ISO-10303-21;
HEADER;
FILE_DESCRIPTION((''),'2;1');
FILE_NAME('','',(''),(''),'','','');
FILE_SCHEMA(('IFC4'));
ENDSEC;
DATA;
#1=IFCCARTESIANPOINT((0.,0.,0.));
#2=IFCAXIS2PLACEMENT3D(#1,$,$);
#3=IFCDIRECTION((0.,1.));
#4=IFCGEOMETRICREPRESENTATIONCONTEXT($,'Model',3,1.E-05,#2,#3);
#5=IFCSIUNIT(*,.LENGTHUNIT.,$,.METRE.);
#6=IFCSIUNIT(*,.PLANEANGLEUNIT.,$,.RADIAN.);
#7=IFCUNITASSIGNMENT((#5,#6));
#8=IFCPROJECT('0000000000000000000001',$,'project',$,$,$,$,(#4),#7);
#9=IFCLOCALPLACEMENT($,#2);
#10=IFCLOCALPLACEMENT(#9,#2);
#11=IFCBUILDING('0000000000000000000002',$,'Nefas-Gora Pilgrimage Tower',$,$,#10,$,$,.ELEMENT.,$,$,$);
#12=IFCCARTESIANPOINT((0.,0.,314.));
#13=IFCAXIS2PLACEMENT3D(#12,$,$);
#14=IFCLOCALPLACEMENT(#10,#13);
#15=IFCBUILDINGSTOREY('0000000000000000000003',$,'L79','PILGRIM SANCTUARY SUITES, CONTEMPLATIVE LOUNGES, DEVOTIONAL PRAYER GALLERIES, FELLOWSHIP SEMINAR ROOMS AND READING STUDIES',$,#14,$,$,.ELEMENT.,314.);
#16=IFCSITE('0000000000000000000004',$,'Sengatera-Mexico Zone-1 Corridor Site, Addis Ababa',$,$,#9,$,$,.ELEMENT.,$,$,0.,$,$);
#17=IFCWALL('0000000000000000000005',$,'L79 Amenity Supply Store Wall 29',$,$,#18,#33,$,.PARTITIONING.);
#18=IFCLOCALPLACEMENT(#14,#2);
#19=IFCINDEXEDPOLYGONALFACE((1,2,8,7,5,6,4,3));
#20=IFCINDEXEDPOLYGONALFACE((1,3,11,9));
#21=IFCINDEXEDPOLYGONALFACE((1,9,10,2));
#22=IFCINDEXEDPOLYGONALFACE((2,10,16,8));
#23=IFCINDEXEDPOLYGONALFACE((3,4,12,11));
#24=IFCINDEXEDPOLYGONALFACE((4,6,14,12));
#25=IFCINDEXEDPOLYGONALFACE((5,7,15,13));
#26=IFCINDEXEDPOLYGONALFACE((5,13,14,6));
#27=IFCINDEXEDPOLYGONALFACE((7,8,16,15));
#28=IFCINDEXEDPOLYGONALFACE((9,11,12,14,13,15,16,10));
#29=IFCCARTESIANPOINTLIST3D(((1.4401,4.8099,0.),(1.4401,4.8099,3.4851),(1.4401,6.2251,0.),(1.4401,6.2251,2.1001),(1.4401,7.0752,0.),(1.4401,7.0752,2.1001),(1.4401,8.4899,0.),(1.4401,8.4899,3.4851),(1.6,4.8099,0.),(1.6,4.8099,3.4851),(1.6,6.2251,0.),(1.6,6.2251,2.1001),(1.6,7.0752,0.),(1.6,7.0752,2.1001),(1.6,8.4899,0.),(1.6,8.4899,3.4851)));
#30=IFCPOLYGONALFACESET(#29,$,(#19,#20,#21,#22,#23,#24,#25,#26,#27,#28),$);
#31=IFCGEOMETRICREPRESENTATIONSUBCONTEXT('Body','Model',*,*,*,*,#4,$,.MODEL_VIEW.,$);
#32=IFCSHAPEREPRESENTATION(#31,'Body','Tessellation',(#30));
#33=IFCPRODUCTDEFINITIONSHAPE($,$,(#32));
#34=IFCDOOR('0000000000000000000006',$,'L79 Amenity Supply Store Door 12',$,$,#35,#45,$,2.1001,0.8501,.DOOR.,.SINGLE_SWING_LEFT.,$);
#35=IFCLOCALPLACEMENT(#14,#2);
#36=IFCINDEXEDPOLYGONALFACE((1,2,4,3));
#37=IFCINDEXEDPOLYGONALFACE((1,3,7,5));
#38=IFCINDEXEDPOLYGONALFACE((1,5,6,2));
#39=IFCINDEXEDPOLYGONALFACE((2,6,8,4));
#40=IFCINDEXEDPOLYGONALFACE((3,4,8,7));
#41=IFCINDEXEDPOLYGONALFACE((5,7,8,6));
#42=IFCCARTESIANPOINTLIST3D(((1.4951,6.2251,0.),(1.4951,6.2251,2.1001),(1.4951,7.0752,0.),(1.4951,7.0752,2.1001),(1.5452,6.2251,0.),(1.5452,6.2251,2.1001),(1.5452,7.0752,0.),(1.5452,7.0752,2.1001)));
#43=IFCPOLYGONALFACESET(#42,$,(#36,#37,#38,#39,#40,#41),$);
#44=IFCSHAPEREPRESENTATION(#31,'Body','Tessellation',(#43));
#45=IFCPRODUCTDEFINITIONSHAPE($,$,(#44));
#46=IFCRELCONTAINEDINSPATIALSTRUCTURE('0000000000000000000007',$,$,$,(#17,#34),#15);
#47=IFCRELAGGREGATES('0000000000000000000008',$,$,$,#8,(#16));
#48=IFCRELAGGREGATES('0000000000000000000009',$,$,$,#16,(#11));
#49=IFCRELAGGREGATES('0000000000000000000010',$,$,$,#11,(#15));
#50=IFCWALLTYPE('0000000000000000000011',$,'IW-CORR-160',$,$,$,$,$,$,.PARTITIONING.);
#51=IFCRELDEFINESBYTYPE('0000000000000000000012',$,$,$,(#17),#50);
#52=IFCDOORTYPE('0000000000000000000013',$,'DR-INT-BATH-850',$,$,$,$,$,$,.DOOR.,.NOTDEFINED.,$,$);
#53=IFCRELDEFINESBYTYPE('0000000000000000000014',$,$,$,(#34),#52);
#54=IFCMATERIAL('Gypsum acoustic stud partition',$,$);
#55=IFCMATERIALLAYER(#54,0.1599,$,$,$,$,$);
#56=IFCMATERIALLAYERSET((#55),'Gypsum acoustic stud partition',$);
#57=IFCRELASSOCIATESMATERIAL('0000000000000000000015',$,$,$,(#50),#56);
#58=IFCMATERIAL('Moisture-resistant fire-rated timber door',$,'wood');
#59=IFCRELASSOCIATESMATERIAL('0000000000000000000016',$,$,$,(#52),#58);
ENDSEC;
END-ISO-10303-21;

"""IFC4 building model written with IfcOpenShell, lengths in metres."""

from ifc_helpers import new_model, si_unit, direction, frame, frame_2d, origin, place, context, subcontext, project, spatial, rectangle, extrude, source, transform, mapped, material, layer, layer_set, type_object, element, fill, save


model = new_model("IFC4")

# Units and contexts
model_context = context("Model", 3, precision=1e-05, world=origin(), true_north=direction((0.0, 1.0)))
body_context = subcontext(model_context, "Body", "Model", "MODEL_VIEW")
ifc_project = project(units=[si_unit("LENGTHUNIT", "METRE"), si_unit("PLANEANGLEUNIT", "RADIAN")], contexts=[model_context])

# Site, building, storey
site_placement = place(None, origin())
site = spatial("IfcSite", under=ifc_project, at=site_placement, Name="Sengatera-Mexico Zone-1 Corridor Site, Addis Ababa", CompositionType="ELEMENT", RefElevation=0.0)
building_placement = place(site_placement, origin())
building = spatial("IfcBuilding", under=site, at=building_placement, Name="Nefas-Gora Pilgrimage Tower", CompositionType="ELEMENT")
storey_placement = place(building_placement, frame((0.0, 0.0, 314.0)))
storey = spatial("IfcBuildingStorey", under=building, at=storey_placement, Name="L79", Description="PILGRIM SANCTUARY SUITES, CONTEMPLATIVE LOUNGES, DEVOTIONAL PRAYER GALLERIES, FELLOWSHIP SEMINAR ROOMS AND READING STUDIES", CompositionType="ELEMENT", Elevation=314.0)

# Shared definitions
ifc_material_1 = material(Name="Gypsum acoustic stud partition")
ifc_layer_1 = layer(ifc_material_1, 0.1599)
ifc_layer_set_1 = layer_set([ifc_layer_1], Name="Gypsum acoustic stud partition")
wall_type_1 = type_object("IfcWallType", Name="IW-CORR-160", PredefinedType="PARTITIONING", material=ifc_layer_set_1)

# Wall, opening, door
ifc_material_2 = material(Name="Moisture-resistant fire-rated timber door", Category="wood")
door_type_1 = type_object("IfcDoorType", Name="DR-INT-BATH-850", OperationType="NOTDEFINED", PredefinedType="DOOR", material=ifc_material_2)
shared_shape_1 = source(origin(), body_context, "Body", "SweptSolid", [
    extrude(rectangle(XDim=0.8501, YDim=2.1001, at=frame_2d((0.425, 1.05))), frame((0.0, 0.0249, 0.0), z_axis=(0.0, -1.0, 0.0), x_axis=(1.0, 0.0, 0.0)), (0.0, 0.0, 1.0), 0.05),
])
shared_shape_2 = source(origin(), body_context, "Body", "SweptSolid", [
    extrude(rectangle(XDim=3.6799, YDim=0.1599, at=frame_2d((1.8398, 0.0))), origin(), (0.0, 0.0, 1.0), 3.4851),
])
wall_1_placement = place(storey_placement, frame((1.52, 4.8101, 0.0), z_axis=(0.0, 0.0, 1.0), x_axis=(0.0, 1.0, 0.0)))
wall_1 = element("IfcWall", 1, at=wall_1_placement, inside=storey, type_object=wall_type_1, Name="L79 Amenity Supply Store Wall 29", PredefinedType="PARTITIONING", context=body_context, shape_type="MappedRepresentation", body=[
    mapped(shared_shape_2, transform((0.0, 0.0, 0.0), x_axis=(1.0, 0.0, 0.0), y_axis=(0.0, 1.0, 0.0), z_axis=(0.0, 0.0, 1.0), scale=1.0)),
])
opening_1_placement = place(wall_1_placement, frame((1.415, 0.0, 0.0)))
opening_1 = element("IfcOpeningElement", 2, at=opening_1_placement, cuts=wall_1, PredefinedType="OPENING", context=body_context, shape_type="SweptSolid", body=[
    extrude(rectangle(XDim=0.8501, YDim=2.1001, at=frame_2d((0.425, 1.05))), frame((0.0, 0.0898, 0.0), z_axis=(0.0, -1.0, 0.0), x_axis=(1.0, 0.0, 0.0)), (0.0, 0.0, 1.0), 0.1799),
])
door_1_placement = place(opening_1_placement, origin())
door_1 = element("IfcDoor", 3, at=door_1_placement, inside=storey, type_object=door_type_1, Name="L79 Amenity Supply Store Door 12", OperationType="SINGLE_SWING_LEFT", OverallHeight=2.1001, OverallWidth=0.8501, PredefinedType="DOOR", context=body_context, shape_type="MappedRepresentation", body=[
    mapped(shared_shape_1, transform((0.0, 0.0, 0.0), x_axis=(1.0, 0.0, 0.0), y_axis=(0.0, 1.0, 0.0), z_axis=(0.0, 0.0, 1.0), scale=1.0)),
])
fill(opening_1, door_1)

save(model, "model.ifc")
